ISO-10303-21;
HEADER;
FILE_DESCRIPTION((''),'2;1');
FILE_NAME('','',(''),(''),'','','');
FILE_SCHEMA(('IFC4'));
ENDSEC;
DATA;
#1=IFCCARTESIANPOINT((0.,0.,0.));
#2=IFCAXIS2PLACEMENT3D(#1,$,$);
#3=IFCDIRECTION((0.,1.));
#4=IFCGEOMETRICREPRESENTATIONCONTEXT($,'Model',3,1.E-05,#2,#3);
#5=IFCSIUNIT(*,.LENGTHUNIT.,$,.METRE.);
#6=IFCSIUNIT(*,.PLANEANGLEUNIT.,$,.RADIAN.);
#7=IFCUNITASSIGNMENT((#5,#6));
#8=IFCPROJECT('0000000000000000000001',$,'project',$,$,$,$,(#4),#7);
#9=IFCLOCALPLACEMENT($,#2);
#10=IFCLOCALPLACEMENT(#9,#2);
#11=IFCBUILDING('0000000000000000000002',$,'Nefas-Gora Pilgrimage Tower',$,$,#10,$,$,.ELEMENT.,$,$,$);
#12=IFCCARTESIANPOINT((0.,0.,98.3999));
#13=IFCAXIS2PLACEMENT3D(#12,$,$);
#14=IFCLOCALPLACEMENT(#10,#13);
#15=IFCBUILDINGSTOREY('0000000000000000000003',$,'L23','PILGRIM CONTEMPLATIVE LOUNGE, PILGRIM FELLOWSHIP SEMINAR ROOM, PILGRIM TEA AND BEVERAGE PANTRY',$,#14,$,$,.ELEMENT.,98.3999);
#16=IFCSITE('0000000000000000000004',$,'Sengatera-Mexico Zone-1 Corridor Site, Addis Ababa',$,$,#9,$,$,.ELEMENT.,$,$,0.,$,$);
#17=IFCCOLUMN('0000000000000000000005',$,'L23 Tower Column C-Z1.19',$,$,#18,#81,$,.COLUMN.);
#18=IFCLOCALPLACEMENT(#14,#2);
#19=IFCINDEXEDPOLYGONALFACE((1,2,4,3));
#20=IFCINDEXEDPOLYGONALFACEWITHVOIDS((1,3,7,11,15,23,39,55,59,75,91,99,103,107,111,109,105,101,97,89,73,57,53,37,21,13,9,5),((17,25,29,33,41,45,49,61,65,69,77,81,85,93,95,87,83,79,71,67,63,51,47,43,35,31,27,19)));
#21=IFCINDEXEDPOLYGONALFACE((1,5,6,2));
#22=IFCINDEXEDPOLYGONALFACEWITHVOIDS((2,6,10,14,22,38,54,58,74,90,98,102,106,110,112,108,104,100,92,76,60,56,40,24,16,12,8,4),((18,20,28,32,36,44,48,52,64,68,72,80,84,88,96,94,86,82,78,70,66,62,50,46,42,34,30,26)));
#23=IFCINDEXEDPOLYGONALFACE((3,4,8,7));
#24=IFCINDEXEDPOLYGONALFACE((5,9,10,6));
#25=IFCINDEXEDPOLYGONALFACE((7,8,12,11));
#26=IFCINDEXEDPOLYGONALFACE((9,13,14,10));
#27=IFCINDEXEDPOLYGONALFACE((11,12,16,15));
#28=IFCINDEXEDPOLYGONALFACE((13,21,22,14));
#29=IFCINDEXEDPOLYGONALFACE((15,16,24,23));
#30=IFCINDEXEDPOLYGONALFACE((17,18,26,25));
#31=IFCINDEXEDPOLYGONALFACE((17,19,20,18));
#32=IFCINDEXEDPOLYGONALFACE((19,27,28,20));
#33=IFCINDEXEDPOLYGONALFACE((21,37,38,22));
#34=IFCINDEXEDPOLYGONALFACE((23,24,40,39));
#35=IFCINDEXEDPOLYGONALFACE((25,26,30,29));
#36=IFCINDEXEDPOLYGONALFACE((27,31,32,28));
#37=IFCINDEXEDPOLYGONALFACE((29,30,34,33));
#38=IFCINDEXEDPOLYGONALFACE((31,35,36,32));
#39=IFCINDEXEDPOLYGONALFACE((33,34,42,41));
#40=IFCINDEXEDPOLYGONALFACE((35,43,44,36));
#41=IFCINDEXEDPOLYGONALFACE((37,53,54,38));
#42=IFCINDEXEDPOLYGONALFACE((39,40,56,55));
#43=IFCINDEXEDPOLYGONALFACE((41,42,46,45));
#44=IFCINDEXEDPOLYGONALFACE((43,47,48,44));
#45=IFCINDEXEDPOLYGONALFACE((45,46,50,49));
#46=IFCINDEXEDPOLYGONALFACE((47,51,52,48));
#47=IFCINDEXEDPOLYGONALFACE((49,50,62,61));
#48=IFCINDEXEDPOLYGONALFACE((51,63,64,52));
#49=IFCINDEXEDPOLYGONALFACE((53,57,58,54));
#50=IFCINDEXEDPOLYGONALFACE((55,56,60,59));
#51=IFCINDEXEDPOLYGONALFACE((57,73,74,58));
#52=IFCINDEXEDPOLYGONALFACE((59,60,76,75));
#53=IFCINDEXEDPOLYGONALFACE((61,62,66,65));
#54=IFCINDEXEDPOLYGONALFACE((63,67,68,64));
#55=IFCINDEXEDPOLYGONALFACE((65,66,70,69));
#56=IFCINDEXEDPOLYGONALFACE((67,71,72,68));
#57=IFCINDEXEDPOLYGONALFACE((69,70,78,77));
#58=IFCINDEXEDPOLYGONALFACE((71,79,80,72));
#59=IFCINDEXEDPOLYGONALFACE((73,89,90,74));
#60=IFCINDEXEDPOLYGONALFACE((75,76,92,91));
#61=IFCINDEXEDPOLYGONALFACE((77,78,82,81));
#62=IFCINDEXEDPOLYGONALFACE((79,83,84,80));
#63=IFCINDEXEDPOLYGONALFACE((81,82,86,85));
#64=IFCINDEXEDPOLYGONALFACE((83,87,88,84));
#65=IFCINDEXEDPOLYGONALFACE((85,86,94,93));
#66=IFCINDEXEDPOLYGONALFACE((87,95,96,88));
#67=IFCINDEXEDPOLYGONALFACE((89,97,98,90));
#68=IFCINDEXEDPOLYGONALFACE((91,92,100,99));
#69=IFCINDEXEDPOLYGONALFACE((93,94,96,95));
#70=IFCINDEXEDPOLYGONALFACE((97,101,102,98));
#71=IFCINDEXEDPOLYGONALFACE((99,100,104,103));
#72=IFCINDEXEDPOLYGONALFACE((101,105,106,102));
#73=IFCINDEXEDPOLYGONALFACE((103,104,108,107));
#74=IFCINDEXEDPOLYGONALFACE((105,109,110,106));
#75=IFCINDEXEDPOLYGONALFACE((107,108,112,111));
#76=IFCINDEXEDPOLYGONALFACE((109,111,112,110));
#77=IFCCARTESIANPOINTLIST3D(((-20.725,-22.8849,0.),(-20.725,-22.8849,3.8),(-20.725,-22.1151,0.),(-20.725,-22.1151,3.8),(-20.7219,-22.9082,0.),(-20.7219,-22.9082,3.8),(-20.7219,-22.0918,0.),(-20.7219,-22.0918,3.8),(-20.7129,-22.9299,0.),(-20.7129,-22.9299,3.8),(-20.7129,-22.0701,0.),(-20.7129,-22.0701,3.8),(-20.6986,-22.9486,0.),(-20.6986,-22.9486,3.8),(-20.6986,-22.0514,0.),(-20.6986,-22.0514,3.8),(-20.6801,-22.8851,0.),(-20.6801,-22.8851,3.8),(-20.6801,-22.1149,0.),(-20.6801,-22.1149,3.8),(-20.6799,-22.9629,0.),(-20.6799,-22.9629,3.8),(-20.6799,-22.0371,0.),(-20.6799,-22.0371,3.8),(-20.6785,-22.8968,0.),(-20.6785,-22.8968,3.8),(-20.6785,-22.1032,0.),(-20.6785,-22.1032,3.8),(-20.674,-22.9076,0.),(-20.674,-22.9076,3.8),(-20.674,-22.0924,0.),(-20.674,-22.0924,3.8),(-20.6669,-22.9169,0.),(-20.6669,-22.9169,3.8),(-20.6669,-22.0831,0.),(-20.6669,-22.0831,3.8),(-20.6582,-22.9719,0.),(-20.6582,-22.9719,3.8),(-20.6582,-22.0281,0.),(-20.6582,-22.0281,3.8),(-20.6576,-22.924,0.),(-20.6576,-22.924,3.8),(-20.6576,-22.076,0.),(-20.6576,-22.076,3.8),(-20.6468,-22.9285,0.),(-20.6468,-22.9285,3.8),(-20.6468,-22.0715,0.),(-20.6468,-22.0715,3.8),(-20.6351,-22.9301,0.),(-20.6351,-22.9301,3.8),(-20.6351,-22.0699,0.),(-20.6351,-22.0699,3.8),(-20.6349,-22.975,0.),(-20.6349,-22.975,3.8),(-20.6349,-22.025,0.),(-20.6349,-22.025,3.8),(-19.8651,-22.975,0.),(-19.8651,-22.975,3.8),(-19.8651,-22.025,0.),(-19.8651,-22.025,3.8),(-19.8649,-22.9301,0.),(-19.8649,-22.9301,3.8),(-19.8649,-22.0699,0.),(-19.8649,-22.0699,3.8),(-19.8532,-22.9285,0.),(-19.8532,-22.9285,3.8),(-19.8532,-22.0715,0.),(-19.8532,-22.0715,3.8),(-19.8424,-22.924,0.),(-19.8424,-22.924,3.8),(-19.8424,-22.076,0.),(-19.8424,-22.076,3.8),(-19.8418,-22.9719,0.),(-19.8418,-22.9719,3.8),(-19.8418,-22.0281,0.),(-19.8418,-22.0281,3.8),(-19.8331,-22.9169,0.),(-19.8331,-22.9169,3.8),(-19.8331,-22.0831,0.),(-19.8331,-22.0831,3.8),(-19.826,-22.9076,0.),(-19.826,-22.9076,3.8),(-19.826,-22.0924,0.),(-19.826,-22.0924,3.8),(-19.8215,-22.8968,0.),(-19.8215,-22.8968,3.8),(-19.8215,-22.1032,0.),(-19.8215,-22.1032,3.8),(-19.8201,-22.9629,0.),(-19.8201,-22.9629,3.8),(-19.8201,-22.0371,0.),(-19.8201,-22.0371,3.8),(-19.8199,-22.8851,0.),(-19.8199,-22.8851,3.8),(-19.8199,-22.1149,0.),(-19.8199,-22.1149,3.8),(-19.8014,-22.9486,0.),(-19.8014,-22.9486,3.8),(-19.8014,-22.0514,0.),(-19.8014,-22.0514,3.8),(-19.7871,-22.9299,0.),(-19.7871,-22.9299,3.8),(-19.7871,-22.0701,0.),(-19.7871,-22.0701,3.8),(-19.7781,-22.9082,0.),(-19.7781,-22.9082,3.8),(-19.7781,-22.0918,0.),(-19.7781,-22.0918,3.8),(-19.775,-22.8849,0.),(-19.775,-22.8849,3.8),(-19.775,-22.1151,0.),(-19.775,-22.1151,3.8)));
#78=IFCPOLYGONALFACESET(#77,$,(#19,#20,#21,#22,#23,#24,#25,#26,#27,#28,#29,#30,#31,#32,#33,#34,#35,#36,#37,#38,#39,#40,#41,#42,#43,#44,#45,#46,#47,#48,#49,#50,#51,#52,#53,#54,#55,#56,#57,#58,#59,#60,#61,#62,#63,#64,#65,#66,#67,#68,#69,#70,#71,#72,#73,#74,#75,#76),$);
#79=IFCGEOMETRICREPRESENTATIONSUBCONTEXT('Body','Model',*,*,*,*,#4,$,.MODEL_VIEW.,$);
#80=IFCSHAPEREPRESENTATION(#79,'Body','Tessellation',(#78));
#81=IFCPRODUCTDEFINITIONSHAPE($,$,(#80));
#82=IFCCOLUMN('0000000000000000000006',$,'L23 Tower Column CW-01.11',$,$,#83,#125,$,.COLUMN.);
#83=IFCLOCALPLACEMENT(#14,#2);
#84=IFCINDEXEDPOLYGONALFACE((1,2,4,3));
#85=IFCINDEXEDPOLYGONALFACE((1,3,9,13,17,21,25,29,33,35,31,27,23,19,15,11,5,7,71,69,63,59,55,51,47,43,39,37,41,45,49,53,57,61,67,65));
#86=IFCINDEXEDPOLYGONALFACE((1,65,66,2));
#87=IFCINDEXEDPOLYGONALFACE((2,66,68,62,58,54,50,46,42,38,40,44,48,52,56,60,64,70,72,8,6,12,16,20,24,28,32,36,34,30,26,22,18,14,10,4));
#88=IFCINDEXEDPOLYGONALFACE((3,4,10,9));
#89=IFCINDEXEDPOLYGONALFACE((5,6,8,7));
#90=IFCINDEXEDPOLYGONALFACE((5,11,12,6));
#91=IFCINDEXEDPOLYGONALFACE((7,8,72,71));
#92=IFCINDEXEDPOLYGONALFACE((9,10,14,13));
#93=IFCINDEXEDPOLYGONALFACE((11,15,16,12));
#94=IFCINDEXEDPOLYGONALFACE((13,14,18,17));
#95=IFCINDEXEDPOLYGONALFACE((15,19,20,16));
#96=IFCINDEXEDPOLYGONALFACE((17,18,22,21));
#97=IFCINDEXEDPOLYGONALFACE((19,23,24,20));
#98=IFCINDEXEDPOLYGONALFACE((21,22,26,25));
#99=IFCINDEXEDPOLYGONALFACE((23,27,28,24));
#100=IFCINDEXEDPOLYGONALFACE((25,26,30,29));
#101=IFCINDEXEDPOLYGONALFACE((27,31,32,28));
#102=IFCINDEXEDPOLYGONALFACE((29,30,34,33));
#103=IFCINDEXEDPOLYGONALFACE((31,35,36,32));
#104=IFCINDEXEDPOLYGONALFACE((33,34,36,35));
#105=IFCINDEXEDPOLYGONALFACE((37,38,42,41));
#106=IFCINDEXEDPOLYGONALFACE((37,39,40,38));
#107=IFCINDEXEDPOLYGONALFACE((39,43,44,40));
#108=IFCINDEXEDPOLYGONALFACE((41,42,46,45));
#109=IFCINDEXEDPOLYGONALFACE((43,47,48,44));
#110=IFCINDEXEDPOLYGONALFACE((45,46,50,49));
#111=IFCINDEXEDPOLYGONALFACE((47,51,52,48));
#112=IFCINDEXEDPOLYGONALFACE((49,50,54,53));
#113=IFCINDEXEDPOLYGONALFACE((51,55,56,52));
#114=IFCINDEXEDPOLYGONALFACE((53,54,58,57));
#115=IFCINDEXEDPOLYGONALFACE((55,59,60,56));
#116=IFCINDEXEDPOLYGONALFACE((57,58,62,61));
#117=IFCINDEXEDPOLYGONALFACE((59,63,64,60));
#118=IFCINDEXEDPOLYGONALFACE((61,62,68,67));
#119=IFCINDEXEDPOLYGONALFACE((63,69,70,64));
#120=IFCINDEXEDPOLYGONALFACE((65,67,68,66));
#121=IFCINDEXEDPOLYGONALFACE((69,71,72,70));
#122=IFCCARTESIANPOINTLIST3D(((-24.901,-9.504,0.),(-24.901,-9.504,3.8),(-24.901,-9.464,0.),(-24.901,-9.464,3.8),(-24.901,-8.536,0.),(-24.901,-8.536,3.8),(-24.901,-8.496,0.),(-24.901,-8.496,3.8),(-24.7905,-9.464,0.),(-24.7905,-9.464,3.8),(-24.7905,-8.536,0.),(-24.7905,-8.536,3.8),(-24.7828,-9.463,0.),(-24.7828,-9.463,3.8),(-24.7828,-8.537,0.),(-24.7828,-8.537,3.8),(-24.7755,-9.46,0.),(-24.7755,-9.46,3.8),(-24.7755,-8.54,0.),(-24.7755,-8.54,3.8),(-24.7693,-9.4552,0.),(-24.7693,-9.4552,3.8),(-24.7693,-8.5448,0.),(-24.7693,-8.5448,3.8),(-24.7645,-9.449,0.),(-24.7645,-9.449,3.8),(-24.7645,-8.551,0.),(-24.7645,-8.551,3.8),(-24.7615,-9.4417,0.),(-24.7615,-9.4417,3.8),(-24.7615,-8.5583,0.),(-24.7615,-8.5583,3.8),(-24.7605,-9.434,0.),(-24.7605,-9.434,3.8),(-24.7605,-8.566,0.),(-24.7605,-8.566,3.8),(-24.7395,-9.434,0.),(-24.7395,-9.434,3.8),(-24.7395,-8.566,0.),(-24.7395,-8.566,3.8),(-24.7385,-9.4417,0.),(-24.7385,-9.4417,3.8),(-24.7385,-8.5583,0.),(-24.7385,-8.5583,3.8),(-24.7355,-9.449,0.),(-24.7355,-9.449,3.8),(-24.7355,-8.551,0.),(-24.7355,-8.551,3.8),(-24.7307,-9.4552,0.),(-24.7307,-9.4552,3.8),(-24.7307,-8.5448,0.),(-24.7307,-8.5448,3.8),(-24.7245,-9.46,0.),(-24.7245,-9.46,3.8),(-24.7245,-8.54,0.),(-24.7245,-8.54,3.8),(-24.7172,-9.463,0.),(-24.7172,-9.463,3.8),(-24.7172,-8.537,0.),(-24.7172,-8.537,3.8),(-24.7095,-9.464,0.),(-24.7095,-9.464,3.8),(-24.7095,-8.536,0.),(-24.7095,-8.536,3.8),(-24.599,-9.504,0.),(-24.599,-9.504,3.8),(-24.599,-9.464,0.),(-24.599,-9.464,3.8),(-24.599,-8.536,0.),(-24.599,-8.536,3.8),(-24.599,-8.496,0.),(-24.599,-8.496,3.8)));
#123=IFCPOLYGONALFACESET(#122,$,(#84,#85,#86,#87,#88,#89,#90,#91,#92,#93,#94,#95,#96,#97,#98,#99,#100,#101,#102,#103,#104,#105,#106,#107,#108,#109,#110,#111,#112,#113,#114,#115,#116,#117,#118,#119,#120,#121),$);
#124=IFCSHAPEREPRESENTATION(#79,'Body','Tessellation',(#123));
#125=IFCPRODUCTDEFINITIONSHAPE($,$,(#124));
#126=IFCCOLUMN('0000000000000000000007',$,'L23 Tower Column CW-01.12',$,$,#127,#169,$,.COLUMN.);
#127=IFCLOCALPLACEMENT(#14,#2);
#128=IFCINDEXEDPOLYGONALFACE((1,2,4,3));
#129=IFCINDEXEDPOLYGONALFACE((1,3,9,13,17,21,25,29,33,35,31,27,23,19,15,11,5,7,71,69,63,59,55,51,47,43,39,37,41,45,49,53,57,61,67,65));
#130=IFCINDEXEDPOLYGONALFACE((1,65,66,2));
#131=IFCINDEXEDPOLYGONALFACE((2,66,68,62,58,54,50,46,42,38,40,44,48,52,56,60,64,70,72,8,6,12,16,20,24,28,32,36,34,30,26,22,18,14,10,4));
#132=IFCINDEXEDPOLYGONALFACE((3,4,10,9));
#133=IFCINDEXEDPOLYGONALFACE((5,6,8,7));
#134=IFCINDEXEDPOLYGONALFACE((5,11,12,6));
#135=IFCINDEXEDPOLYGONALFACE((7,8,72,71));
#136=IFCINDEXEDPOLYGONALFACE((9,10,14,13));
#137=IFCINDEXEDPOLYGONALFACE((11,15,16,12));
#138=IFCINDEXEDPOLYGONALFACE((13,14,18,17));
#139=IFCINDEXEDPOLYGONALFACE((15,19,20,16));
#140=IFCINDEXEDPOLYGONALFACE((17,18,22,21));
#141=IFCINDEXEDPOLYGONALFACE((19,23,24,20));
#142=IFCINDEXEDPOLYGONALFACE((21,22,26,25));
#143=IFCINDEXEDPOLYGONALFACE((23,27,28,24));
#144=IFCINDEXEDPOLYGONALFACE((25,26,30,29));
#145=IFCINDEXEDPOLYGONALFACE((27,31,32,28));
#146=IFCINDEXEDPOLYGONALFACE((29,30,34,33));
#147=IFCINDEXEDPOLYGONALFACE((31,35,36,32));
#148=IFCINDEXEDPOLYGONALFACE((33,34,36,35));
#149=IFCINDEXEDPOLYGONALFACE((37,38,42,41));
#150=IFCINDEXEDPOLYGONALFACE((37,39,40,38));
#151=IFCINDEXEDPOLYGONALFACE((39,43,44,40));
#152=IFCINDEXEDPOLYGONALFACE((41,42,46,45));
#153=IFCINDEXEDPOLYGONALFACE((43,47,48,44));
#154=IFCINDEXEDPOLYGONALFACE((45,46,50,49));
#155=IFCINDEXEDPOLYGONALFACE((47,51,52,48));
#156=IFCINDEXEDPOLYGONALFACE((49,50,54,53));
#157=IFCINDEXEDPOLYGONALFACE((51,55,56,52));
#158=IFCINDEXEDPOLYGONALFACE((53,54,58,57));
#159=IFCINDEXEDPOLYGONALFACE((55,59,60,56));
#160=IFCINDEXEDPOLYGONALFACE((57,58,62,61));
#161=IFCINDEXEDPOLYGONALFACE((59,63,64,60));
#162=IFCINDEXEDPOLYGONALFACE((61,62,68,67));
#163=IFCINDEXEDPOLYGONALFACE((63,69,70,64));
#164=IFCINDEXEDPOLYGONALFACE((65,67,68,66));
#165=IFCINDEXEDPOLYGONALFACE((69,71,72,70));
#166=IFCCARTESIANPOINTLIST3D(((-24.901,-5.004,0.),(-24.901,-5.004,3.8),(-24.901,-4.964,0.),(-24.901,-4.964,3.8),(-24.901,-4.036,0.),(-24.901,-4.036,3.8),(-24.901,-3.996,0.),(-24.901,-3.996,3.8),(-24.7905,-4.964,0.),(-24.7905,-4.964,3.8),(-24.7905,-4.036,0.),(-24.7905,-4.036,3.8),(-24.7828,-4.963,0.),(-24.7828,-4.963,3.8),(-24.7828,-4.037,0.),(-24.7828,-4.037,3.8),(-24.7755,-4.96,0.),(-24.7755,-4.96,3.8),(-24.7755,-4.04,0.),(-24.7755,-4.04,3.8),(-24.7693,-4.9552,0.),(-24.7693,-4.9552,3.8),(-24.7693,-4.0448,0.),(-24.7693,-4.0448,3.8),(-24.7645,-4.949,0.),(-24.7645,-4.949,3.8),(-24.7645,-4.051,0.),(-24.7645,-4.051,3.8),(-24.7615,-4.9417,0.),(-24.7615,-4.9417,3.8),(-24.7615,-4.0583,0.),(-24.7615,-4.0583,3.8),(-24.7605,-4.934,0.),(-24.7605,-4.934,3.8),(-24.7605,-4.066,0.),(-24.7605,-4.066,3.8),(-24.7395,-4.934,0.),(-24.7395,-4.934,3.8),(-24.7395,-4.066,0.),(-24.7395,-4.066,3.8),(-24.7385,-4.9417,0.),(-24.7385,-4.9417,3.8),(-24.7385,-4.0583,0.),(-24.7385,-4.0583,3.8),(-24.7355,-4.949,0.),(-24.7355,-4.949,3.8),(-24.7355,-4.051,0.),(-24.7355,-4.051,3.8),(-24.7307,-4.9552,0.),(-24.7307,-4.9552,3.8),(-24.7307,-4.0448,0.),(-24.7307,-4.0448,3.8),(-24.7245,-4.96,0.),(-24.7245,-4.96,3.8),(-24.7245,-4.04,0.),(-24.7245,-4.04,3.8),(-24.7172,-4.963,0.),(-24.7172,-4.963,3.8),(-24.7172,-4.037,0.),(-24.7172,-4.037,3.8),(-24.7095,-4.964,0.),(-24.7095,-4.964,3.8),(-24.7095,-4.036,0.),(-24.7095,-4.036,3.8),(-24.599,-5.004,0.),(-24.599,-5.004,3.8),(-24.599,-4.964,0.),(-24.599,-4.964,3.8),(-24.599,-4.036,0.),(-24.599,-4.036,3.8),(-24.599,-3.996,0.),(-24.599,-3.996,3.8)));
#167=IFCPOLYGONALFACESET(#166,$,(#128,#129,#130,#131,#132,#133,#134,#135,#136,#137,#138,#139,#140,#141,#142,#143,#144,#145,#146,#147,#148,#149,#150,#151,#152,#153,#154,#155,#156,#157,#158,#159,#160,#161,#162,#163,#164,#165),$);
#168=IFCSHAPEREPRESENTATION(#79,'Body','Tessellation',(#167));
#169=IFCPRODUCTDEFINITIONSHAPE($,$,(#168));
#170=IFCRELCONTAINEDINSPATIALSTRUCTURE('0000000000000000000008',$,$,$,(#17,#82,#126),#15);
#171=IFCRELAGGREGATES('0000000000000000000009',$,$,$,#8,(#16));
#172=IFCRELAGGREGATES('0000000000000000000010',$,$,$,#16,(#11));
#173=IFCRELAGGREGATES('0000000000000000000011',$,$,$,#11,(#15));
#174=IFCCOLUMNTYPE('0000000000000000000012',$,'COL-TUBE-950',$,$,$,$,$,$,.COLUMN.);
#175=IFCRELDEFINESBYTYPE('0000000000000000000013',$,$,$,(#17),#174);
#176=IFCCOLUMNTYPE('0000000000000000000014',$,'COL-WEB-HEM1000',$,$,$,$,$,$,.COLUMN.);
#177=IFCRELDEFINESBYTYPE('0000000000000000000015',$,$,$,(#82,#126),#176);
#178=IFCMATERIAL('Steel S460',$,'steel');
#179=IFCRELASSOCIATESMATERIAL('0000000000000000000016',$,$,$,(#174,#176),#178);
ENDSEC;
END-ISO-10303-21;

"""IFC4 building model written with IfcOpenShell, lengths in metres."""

from ifc_helpers import new_model, si_unit, direction, frame, origin, origin_2d, place, context, subcontext, project, spatial, hollow_rectangle, i_section, extrude, source, transform, mapped, material, material_profile, profile_set, type_object, element, save


model = new_model("IFC4")

# Units and contexts
model_context = context("Model", 3, precision=1e-05, world=origin(), true_north=direction((0.0, 1.0)))
body_context = subcontext(model_context, "Body", "Model", "MODEL_VIEW")
ifc_project = project(units=[si_unit("LENGTHUNIT", "METRE"), si_unit("PLANEANGLEUNIT", "RADIAN")], contexts=[model_context])

# Site, building, storey
site_placement = place(None, origin())
site = spatial("IfcSite", under=ifc_project, at=site_placement, Name="Sengatera-Mexico Zone-1 Corridor Site, Addis Ababa", CompositionType="ELEMENT", RefElevation=0.0)
building_placement = place(site_placement, origin())
building = spatial("IfcBuilding", under=site, at=building_placement, Name="Nefas-Gora Pilgrimage Tower", CompositionType="ELEMENT")
storey_placement = place(building_placement, frame((0.0, 0.0, 98.3999)))
storey = spatial("IfcBuildingStorey", under=building, at=storey_placement, Name="L23", Description="PILGRIM CONTEMPLATIVE LOUNGE, PILGRIM FELLOWSHIP SEMINAR ROOM, PILGRIM TEA AND BEVERAGE PANTRY", CompositionType="ELEMENT", Elevation=98.3999)

# Columns
ifc_material_1 = material(Name="Steel S460", Category="steel")
ifc_material_profile_1 = material_profile(ifc_material_1, hollow_rectangle(XDim=0.95, YDim=0.95, WallThickness=0.0449, InnerFilletRadius=0.0449, OuterFilletRadius=0.0901, at=origin_2d()), Name="BOX 950x950x45")
ifc_profile_set_1 = profile_set([ifc_material_profile_1], Name="Steel S460")
column_type_1 = type_object("IfcColumnType", Name="COL-TUBE-950", PredefinedType="COLUMN", material=ifc_profile_set_1)
shared_shape_1 = source(origin(), body_context, "Body", "SweptSolid", [
    extrude(hollow_rectangle(XDim=0.95, YDim=0.95, WallThickness=0.0449, InnerFilletRadius=0.0449, OuterFilletRadius=0.0901, at=origin_2d()), origin(), (0.0, 0.0, 1.0), 3.8),
])
column_placement = place(storey_placement, frame((-20.25, -22.5, 0.0), z_axis=(0.0, 0.0, 1.0), x_axis=(1.0, 0.0, 0.0)))
element("IfcColumn", 1, at=column_placement, inside=storey, type_object=column_type_1, Name="L23 Tower Column C-Z1.19", PredefinedType="COLUMN", context=body_context, shape_type="MappedRepresentation", body=[
    mapped(shared_shape_1, transform((0.0, 0.0, 0.0), x_axis=(1.0, 0.0, 0.0), y_axis=(0.0, 1.0, 0.0), z_axis=(0.0, 0.0, 1.0), scale=1.0)),
])
ifc_material_profile_2 = material_profile(ifc_material_1, i_section(OverallWidth=0.302, OverallDepth=1.0081, WebThickness=0.021, FlangeThickness=0.04, FilletRadius=0.03, at=origin_2d()), Name="HEM 1000")
ifc_profile_set_2 = profile_set([ifc_material_profile_2], Name="Steel S460")
column_type_2 = type_object("IfcColumnType", Name="COL-WEB-HEM1000", PredefinedType="COLUMN", material=ifc_profile_set_2)
shared_shape_2 = source(origin(), body_context, "Body", "SweptSolid", [
    extrude(i_section(OverallWidth=0.302, OverallDepth=1.0081, WebThickness=0.021, FlangeThickness=0.04, FilletRadius=0.03, at=origin_2d()), origin(), (0.0, 0.0, 1.0), 3.8),
])
for number, where, z_axis, x_axis, name in (
    (2, (-24.75, -9.0, 0.0), (0.0, 0.0, 1.0), (1.0, 0.0, 0.0), "L23 Tower Column CW-01.11"),
    (3, (-24.75, -4.5, 0.0), (0.0, 0.0, 1.0), (1.0, 0.0, 0.0), "L23 Tower Column CW-01.12"),
):
    element("IfcColumn", number, at=place(storey_placement, frame(where, z_axis=z_axis, x_axis=x_axis)), inside=storey, type_object=column_type_2, Name=name, PredefinedType="COLUMN", context=body_context, shape_type="MappedRepresentation", body=[
        mapped(shared_shape_2, transform((0.0, 0.0, 0.0), x_axis=(1.0, 0.0, 0.0), y_axis=(0.0, 1.0, 0.0), z_axis=(0.0, 0.0, 1.0), scale=1.0)),
    ])

save(model, "model.ifc")
